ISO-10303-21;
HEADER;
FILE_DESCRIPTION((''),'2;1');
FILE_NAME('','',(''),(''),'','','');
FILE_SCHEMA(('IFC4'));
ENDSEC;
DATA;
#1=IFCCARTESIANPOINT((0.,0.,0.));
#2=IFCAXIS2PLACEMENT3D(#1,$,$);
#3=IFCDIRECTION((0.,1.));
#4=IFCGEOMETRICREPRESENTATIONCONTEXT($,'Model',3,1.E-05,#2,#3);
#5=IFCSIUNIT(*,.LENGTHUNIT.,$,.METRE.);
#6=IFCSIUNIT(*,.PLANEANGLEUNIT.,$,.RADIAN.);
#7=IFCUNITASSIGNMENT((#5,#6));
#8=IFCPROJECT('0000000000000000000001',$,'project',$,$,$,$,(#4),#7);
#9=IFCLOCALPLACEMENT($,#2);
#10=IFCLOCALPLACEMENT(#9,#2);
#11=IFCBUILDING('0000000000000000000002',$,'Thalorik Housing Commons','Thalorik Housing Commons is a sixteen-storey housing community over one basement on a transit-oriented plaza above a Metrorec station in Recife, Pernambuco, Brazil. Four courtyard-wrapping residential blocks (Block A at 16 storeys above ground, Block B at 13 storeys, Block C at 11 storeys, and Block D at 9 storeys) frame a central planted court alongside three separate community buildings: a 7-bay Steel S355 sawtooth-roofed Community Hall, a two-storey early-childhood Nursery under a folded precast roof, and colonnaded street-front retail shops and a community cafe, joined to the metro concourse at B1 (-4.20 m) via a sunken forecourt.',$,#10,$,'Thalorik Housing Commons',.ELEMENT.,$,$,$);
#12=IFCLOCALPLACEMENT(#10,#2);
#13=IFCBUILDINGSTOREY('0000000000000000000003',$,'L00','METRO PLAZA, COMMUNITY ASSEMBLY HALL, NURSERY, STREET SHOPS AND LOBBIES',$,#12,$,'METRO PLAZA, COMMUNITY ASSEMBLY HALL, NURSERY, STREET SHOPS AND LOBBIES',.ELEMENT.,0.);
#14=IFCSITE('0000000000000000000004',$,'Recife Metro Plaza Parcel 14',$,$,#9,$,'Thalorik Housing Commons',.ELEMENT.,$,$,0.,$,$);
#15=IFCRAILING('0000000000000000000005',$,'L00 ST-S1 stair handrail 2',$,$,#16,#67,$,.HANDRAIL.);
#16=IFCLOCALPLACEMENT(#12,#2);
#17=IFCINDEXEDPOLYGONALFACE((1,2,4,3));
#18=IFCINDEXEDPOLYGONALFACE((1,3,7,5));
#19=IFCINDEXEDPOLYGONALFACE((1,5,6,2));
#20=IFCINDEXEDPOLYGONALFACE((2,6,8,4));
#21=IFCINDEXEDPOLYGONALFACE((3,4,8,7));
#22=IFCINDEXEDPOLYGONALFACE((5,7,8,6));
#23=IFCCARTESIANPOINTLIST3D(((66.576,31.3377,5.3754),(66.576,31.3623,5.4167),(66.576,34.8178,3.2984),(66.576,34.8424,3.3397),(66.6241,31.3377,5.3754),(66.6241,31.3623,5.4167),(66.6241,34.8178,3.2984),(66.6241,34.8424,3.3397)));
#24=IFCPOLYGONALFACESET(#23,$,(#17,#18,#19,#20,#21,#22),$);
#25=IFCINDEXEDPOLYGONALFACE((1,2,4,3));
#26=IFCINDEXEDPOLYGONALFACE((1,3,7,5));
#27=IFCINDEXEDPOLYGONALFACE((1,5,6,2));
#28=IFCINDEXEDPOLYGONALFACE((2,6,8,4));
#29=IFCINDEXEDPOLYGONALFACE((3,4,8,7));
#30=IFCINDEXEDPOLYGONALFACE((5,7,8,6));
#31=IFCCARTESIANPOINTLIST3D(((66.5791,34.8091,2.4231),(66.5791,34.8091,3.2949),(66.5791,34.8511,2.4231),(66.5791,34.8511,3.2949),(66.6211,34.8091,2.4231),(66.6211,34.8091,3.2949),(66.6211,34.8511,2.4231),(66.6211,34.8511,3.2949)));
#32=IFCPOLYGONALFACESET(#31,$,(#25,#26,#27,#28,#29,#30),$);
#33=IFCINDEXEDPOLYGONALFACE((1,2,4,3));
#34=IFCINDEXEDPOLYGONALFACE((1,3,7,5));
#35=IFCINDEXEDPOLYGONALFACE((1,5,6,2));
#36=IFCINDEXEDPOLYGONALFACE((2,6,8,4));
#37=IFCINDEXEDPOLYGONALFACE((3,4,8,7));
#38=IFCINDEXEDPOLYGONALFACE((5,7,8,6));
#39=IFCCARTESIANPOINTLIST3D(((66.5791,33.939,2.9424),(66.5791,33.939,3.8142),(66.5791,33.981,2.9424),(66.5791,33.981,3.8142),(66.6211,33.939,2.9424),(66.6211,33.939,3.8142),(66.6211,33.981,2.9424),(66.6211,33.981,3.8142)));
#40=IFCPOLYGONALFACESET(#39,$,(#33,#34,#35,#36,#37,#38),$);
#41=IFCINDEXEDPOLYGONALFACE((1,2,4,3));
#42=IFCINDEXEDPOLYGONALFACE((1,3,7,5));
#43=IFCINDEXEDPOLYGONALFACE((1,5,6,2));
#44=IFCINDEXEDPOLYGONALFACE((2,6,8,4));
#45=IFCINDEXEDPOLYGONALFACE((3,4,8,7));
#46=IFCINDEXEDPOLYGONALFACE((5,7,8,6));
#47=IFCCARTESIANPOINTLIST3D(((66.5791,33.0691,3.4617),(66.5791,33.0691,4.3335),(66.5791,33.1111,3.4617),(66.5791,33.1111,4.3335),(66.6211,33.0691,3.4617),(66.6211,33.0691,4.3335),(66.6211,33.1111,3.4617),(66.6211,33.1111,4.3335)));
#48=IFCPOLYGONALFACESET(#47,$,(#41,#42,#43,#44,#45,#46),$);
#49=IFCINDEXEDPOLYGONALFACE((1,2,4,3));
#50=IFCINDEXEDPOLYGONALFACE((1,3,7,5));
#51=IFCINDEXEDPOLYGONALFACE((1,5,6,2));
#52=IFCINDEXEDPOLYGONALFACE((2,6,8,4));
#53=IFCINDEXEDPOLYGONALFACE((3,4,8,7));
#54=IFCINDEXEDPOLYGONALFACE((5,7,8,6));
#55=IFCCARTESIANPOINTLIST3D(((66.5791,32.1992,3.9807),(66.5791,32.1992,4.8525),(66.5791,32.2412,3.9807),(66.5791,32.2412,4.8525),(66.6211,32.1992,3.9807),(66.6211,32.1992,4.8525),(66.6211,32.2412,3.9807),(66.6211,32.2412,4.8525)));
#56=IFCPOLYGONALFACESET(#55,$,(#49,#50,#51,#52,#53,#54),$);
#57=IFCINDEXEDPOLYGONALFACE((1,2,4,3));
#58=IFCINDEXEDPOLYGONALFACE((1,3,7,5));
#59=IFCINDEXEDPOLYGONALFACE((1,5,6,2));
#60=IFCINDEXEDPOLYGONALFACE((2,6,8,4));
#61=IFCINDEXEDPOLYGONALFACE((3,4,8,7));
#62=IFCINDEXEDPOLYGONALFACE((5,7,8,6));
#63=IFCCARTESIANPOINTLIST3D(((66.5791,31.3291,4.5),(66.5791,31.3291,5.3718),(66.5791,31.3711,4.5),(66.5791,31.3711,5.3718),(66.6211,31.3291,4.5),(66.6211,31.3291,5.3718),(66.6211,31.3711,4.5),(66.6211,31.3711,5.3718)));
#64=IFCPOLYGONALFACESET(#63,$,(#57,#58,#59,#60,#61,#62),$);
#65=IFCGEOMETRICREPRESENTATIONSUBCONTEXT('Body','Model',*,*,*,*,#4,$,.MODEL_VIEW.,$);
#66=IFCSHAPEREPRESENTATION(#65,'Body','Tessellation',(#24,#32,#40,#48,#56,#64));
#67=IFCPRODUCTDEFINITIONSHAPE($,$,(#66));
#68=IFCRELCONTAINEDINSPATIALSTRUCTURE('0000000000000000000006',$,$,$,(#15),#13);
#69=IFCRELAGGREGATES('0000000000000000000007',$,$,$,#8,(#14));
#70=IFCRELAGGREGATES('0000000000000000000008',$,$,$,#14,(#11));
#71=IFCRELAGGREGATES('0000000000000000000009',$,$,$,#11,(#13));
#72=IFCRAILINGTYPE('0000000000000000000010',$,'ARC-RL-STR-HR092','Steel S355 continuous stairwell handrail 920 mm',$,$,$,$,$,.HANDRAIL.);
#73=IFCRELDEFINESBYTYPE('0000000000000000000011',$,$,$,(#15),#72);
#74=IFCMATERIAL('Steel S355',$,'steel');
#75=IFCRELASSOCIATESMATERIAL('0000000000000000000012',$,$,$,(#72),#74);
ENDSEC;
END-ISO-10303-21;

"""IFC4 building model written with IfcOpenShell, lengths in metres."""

from ifc_helpers import new_model, si_unit, direction, frame, origin, origin_2d, place, context, subcontext, project, spatial, rectangle, extrude, material, type_object, element, save


model = new_model("IFC4")

# Units and contexts
model_context = context("Model", 3, precision=1e-05, world=origin(), true_north=direction((0.0, 1.0)))
body_context = subcontext(model_context, "Body", "Model", "MODEL_VIEW")
ifc_project = project(units=[si_unit("LENGTHUNIT", "METRE"), si_unit("PLANEANGLEUNIT", "RADIAN")], contexts=[model_context])

# Site, building, storey
site_placement = place(None, origin())
site = spatial("IfcSite", under=ifc_project, at=site_placement, Name="Recife Metro Plaza Parcel 14", LongName="Thalorik Housing Commons", CompositionType="ELEMENT", RefElevation=0.0)
building_placement = place(site_placement, origin())
building = spatial("IfcBuilding", under=site, at=building_placement, Name="Thalorik Housing Commons", Description="Thalorik Housing Commons is a sixteen-storey housing community over one basement on a transit-oriented plaza above a Metrorec station in Recife, Pernambuco, Brazil. Four courtyard-wrapping residential blocks (Block A at 16 storeys above ground, Block B at 13 storeys, Block C at 11 storeys, and Block D at 9 storeys) frame a central planted court alongside three separate community buildings: a 7-bay Steel S355 sawtooth-roofed Community Hall, a two-storey early-childhood Nursery under a folded precast roof, and colonnaded street-front retail shops and a community cafe, joined to the metro concourse at B1 (-4.20 m) via a sunken forecourt.", LongName="Thalorik Housing Commons", CompositionType="ELEMENT")
storey_placement = place(building_placement, origin())
storey = spatial("IfcBuildingStorey", under=building, at=storey_placement, Name="L00", Description="METRO PLAZA, COMMUNITY ASSEMBLY HALL, NURSERY, STREET SHOPS AND LOBBIES", LongName="METRO PLAZA, COMMUNITY ASSEMBLY HALL, NURSERY, STREET SHOPS AND LOBBIES", CompositionType="ELEMENT", Elevation=0.0)

# Shared definitions
ifc_material_1 = material(Name="Steel S355", Category="steel")

# Railing
railing_type_1 = type_object("IfcRailingType", Name="ARC-RL-STR-HR092", Description="Steel S355 continuous stairwell handrail 920 mm", PredefinedType="HANDRAIL", material=ifc_material_1)
railing_1_placement = place(storey_placement, frame((66.6001, 34.8301, 2.4231)))
element("IfcRailing", 1, at=railing_1_placement, inside=storey, type_object=railing_type_1, Name="L00 ST-S1 stair handrail 2", PredefinedType="HANDRAIL", context=body_context, shape_type="SweptSolid", body=[
    extrude(rectangle(XDim=0.0481, YDim=0.0481, at=origin_2d()), frame((0.0, 0.0, 0.896), z_axis=(0.0, -0.858697, 0.512483), x_axis=(1.0, 0.0, 0.0)), (0.0, 0.0, 1.0), 4.0527),
    extrude(rectangle(XDim=0.042, YDim=0.042, at=origin_2d()), origin(), (0.0, 0.0, 1.0), 0.8718),
    extrude(rectangle(XDim=0.042, YDim=0.042, at=origin_2d()), frame((0.0, -0.8701, 0.5193)), (0.0, 0.0, 1.0), 0.8718),
    extrude(rectangle(XDim=0.042, YDim=0.042, at=origin_2d()), frame((0.0, -1.74, 1.0386)), (0.0, 0.0, 1.0), 0.8718),
    extrude(rectangle(XDim=0.042, YDim=0.042, at=origin_2d()), frame((0.0, -2.6099, 1.5576)), (0.0, 0.0, 1.0), 0.8718),
    extrude(rectangle(XDim=0.042, YDim=0.042, at=origin_2d()), frame((0.0, -3.48, 2.0769)), (0.0, 0.0, 1.0), 0.8718),
])

save(model, "model.ifc")
